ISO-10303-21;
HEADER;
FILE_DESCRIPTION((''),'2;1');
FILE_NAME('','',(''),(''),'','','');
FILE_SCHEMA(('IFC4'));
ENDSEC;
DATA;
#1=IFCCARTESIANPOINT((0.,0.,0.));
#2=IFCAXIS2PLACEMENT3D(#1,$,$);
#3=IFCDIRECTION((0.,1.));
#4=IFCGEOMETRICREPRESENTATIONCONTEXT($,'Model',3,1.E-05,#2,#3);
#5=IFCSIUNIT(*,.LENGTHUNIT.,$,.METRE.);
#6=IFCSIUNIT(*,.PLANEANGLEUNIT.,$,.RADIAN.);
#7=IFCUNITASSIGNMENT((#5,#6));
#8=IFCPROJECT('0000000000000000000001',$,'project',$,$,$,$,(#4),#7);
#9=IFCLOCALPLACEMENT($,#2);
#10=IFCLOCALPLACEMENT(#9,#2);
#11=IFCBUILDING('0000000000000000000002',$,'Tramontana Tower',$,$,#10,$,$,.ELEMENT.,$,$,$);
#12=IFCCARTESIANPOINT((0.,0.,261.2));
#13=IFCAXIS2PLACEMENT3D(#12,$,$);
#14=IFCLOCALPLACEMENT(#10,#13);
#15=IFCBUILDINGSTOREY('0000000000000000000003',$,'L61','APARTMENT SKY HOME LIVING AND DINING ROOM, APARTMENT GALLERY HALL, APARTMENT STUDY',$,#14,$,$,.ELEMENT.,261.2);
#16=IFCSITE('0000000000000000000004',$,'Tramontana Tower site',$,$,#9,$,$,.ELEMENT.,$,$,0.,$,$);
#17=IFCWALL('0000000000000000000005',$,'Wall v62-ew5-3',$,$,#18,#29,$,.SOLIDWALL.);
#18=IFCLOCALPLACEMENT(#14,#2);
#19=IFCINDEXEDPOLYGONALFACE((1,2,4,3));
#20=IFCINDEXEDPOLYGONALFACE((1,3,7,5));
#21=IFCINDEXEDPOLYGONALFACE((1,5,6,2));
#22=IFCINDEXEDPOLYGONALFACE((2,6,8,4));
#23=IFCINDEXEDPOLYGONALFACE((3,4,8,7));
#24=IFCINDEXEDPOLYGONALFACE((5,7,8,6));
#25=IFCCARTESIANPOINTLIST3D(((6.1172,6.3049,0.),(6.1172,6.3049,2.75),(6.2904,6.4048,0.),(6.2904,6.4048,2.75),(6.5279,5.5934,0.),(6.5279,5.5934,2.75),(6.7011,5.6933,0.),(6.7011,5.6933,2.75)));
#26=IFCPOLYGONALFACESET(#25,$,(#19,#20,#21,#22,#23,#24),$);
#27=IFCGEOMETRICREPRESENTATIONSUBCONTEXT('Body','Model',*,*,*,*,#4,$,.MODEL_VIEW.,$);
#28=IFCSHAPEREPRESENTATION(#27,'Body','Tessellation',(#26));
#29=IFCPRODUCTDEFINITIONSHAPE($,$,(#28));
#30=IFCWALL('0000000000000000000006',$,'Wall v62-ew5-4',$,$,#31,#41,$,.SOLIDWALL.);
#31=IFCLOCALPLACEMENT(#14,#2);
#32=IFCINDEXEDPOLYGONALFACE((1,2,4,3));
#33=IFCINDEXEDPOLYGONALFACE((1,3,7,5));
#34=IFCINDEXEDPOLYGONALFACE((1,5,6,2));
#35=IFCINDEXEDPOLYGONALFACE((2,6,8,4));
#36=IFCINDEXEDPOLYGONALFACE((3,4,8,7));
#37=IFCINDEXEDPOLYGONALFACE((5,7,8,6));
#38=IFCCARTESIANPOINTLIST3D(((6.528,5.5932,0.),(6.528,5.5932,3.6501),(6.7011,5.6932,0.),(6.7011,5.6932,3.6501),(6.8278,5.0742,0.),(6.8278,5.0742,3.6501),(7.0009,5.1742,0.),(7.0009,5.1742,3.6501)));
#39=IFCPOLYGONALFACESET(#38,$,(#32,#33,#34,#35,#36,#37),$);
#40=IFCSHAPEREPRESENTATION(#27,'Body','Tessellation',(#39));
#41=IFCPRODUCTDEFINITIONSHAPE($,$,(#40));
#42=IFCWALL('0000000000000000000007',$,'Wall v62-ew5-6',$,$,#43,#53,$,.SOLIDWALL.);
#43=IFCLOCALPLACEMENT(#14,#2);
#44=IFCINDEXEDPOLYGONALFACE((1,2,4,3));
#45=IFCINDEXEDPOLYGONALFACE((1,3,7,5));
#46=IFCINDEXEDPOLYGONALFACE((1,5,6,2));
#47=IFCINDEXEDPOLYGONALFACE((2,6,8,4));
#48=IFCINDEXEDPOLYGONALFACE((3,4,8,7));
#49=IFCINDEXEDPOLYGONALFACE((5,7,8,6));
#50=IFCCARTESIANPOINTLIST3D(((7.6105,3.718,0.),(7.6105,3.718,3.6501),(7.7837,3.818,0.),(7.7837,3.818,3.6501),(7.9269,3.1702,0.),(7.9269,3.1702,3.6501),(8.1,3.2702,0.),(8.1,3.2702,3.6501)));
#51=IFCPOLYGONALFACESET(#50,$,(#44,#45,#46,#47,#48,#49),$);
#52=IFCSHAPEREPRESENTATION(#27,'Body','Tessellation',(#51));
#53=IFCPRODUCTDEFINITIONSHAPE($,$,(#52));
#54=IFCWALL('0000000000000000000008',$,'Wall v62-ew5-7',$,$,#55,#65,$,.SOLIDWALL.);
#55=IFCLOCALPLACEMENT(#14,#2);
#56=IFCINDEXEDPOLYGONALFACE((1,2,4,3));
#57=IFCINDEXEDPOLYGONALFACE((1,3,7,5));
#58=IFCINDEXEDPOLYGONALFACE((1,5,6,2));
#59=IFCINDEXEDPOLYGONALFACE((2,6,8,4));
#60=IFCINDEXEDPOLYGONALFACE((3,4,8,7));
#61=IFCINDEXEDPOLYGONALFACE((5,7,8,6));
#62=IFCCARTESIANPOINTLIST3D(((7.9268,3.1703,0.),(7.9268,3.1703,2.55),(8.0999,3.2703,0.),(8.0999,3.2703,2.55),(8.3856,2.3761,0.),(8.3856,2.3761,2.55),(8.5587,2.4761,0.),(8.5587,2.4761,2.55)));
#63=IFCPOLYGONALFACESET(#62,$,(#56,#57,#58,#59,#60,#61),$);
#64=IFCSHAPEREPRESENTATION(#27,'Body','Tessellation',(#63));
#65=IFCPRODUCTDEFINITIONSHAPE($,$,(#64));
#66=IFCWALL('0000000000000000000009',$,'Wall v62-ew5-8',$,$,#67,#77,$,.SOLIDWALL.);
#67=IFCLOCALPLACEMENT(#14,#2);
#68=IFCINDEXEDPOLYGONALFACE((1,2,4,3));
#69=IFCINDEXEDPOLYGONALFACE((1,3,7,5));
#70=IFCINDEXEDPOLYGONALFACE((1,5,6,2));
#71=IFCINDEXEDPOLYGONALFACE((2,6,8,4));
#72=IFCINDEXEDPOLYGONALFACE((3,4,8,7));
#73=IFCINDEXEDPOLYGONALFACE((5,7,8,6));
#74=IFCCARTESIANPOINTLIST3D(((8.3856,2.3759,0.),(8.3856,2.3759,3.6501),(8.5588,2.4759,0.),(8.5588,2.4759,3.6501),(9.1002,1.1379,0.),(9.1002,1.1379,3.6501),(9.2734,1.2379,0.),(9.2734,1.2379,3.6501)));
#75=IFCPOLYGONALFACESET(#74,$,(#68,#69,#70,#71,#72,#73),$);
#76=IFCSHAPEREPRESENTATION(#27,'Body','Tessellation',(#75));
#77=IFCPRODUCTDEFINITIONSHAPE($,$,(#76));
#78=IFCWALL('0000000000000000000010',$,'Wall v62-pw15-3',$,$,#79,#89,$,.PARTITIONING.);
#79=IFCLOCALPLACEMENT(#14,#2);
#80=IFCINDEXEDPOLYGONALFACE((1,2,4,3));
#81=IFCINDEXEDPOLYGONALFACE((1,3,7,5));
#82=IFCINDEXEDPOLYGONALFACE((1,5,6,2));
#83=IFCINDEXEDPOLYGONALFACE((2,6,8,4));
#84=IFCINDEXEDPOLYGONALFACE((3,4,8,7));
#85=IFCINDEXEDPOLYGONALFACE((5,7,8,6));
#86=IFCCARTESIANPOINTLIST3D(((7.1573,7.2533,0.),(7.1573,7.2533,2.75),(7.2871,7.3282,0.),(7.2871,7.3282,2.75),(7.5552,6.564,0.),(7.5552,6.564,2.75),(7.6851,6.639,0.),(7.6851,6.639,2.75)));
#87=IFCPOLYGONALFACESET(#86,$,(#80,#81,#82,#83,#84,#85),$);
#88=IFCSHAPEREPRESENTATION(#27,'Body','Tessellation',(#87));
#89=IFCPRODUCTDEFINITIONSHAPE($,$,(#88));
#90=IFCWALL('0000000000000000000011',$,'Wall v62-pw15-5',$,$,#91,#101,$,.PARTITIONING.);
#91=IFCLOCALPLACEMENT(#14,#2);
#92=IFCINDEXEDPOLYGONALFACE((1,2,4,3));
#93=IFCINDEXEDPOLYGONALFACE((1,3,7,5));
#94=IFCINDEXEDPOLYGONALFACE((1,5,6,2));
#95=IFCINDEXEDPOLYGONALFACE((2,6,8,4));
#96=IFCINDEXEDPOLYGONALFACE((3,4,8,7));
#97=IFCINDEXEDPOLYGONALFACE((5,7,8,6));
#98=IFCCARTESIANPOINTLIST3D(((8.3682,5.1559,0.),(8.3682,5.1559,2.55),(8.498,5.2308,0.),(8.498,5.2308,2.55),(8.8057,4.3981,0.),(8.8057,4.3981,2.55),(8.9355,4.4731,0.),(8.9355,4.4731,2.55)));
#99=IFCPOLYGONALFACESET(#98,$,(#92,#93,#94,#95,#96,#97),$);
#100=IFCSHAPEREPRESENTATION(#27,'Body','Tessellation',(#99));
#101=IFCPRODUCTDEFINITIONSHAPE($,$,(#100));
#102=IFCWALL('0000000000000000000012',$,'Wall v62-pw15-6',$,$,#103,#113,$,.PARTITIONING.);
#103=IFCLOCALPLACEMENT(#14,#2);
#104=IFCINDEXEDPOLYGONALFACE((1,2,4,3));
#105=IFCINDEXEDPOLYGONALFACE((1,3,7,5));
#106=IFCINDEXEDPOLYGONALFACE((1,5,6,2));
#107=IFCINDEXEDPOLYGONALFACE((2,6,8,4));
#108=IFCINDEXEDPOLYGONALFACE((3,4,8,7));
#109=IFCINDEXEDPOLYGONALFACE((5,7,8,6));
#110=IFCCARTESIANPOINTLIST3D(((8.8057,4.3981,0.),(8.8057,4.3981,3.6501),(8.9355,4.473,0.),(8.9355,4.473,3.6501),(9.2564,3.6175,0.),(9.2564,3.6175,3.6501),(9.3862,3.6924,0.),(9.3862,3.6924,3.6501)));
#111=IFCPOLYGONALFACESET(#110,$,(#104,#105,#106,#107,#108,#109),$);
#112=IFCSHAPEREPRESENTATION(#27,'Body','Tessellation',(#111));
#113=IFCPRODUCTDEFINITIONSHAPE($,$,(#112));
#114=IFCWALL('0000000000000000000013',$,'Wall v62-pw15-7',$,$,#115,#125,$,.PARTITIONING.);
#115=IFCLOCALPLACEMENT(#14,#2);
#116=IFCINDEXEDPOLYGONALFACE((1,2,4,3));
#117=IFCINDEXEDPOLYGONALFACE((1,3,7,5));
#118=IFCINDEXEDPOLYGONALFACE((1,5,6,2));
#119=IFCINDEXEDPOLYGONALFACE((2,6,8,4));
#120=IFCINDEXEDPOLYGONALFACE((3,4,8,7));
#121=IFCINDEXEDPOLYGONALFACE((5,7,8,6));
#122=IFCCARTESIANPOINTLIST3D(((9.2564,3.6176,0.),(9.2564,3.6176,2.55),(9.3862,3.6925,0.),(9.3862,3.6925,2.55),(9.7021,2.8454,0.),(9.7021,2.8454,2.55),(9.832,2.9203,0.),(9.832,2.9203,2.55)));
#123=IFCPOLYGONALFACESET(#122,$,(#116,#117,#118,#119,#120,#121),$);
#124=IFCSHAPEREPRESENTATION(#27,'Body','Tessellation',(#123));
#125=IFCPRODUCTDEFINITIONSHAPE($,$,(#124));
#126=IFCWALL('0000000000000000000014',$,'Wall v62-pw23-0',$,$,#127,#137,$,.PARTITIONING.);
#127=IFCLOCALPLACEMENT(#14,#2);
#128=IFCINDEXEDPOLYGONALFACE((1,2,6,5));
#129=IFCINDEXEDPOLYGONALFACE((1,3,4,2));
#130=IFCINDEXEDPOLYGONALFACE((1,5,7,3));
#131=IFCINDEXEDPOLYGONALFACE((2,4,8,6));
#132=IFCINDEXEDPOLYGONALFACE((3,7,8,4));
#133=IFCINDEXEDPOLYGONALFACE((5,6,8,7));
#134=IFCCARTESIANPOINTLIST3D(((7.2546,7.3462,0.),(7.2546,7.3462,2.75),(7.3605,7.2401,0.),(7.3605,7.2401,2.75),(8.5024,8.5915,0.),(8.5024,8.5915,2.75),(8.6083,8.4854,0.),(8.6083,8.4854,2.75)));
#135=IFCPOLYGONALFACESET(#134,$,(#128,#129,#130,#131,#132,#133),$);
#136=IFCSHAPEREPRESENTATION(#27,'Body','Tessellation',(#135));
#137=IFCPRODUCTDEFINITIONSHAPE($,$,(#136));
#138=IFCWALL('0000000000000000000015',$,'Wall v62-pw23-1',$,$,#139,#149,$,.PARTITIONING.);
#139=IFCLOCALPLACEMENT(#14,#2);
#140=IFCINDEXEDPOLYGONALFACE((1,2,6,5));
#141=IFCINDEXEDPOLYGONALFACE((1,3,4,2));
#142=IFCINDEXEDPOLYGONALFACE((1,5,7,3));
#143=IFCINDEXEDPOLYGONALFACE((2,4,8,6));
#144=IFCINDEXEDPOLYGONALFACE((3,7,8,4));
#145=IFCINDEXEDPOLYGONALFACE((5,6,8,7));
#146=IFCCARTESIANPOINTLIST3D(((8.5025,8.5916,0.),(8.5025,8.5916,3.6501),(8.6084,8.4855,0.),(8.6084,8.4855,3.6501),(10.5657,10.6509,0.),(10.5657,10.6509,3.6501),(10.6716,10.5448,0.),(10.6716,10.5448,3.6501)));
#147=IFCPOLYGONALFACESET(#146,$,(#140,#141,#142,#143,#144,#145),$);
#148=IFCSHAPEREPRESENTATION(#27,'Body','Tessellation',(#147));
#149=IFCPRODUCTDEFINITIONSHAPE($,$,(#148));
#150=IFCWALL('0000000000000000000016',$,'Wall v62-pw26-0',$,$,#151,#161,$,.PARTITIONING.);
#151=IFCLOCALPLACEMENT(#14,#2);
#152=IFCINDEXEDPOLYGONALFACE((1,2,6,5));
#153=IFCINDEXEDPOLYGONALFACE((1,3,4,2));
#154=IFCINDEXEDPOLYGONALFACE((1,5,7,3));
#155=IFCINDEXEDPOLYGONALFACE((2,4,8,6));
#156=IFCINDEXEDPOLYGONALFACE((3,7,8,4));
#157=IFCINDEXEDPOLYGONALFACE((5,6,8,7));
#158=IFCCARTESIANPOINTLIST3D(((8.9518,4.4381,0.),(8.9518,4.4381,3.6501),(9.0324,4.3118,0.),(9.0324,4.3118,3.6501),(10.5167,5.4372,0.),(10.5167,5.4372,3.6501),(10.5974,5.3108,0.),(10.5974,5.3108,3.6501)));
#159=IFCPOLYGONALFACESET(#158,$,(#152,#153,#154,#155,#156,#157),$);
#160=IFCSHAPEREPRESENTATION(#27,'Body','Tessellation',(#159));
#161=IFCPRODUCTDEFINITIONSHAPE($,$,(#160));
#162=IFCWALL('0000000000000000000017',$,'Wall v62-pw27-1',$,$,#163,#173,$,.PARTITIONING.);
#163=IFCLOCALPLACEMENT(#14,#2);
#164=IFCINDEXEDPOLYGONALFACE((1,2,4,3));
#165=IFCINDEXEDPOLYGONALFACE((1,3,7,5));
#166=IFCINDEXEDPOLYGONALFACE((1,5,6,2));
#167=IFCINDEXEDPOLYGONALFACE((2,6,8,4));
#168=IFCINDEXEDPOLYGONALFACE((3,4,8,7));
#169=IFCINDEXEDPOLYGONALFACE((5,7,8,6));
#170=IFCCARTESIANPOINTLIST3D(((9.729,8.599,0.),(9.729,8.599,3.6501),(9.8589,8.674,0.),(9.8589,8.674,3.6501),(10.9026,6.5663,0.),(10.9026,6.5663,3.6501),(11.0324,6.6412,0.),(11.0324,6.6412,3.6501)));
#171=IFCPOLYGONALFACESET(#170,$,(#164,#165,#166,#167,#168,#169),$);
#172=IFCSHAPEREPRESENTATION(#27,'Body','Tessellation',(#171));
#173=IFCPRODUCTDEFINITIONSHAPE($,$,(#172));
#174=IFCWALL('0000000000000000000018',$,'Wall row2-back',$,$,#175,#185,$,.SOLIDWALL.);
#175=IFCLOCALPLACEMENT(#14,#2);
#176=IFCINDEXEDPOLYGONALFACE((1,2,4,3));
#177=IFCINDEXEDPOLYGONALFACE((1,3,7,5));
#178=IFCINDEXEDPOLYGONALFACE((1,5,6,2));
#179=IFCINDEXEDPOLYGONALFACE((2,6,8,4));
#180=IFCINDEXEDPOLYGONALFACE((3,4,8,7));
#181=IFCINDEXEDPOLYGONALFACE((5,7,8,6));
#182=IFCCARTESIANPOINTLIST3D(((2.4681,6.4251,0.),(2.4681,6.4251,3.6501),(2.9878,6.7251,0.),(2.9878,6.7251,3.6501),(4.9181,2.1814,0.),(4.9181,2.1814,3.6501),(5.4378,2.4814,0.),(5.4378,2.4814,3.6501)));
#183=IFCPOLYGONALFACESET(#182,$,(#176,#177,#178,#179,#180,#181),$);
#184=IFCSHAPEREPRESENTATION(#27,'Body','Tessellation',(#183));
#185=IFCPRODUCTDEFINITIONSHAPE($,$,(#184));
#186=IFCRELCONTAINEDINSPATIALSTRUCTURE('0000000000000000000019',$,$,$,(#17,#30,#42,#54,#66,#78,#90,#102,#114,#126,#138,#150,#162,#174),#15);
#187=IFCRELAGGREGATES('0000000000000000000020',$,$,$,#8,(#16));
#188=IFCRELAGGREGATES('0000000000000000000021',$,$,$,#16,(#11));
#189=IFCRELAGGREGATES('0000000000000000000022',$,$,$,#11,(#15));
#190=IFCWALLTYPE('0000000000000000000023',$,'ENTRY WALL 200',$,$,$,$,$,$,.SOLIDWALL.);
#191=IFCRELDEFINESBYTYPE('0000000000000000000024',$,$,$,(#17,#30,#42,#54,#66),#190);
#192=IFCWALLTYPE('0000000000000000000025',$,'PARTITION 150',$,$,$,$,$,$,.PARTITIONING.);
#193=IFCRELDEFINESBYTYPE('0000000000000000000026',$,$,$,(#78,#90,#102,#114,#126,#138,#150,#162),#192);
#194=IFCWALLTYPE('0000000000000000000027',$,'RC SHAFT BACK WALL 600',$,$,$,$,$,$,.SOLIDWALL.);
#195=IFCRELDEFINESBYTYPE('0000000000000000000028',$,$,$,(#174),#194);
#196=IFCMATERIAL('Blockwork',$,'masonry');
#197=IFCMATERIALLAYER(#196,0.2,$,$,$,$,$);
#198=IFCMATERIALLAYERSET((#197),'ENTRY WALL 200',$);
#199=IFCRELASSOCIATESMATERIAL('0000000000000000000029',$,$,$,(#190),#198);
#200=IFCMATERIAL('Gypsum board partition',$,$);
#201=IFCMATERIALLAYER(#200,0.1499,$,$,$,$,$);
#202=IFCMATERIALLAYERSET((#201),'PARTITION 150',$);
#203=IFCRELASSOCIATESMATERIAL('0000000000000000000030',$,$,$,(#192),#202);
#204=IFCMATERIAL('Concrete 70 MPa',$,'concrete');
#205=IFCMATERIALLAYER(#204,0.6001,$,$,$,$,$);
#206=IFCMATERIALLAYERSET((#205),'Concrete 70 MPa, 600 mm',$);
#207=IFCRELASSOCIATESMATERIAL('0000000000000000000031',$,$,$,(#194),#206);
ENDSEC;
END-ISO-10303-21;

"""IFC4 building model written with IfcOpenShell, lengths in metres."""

from ifc_helpers import new_model, si_unit, direction, frame, frame_2d, origin, place, context, subcontext, project, spatial, rectangle, extrude, material, layer, layer_set, type_object, element, save


model = new_model("IFC4")

# Units and contexts
model_context = context("Model", 3, precision=1e-05, world=origin(), true_north=direction((0.0, 1.0)))
body_context = subcontext(model_context, "Body", "Model", "MODEL_VIEW")
ifc_project = project(units=[si_unit("LENGTHUNIT", "METRE"), si_unit("PLANEANGLEUNIT", "RADIAN")], contexts=[model_context])

# Site, building, storey
site_placement = place(None, origin())
site = spatial("IfcSite", under=ifc_project, at=site_placement, Name="Tramontana Tower site", CompositionType="ELEMENT", RefElevation=0.0)
building_placement = place(site_placement, origin())
building = spatial("IfcBuilding", under=site, at=building_placement, Name="Tramontana Tower", CompositionType="ELEMENT")
storey_placement = place(building_placement, frame((0.0, 0.0, 261.2)))
storey = spatial("IfcBuildingStorey", under=building, at=storey_placement, Name="L61", Description="APARTMENT SKY HOME LIVING AND DINING ROOM, APARTMENT GALLERY HALL, APARTMENT STUDY", CompositionType="ELEMENT", Elevation=261.2)

# Walls
ifc_material_1 = material(Name="Blockwork", Category="masonry")
ifc_layer_1 = layer(ifc_material_1, 0.2)
ifc_layer_set_1 = layer_set([ifc_layer_1], Name="ENTRY WALL 200")
wall_type_1 = type_object("IfcWallType", Name="ENTRY WALL 200", PredefinedType="SOLIDWALL", material=ifc_layer_set_1)
wall_1_placement = place(storey_placement, frame((6.2039, 6.3547, 0.0), z_axis=(0.0, 0.0, 1.0), x_axis=(0.499911, -0.866077, 0.0)))
element("IfcWall", 1, at=wall_1_placement, inside=storey, type_object=wall_type_1, Name="Wall v62-ew5-3", PredefinedType="SOLIDWALL", context=body_context, shape_type="SweptSolid", body=[
    extrude(rectangle(XDim=0.8215, YDim=0.2, at=frame_2d((0.4106, 0.0))), origin(), (0.0, 0.0, 1.0), 2.75),
])
wall_2_placement = place(storey_placement, frame((6.6145, 5.6433, 0.0), z_axis=(0.0, 0.0, 1.0), x_axis=(0.500169, -0.865928, 0.0)))
element("IfcWall", 2, at=wall_2_placement, inside=storey, type_object=wall_type_1, Name="Wall v62-ew5-4", PredefinedType="SOLIDWALL", context=body_context, shape_type="SweptSolid", body=[
    extrude(rectangle(XDim=0.5994, YDim=0.2, at=frame_2d((0.2998, 0.0))), origin(), (0.0, 0.0, 1.0), 3.6501),
])

# Walls
wall_3_placement = place(storey_placement, frame((7.697, 3.7681, 0.0), z_axis=(0.0, 0.0, 1.0), x_axis=(0.500123, -0.865954, 0.0)))
element("IfcWall", 3, at=wall_3_placement, inside=storey, type_object=wall_type_1, Name="Wall v62-ew5-6", PredefinedType="SOLIDWALL", context=body_context, shape_type="SweptSolid", body=[
    extrude(rectangle(XDim=0.6326, YDim=0.2, at=frame_2d((0.3164, 0.0))), origin(), (0.0, 0.0, 1.0), 3.6501),
])
wall_4_placement = place(storey_placement, frame((8.0134, 3.2202, 0.0), z_axis=(0.0, 0.0, 1.0), x_axis=(0.500176, -0.865924, 0.0)))
element("IfcWall", 4, at=wall_4_placement, inside=storey, type_object=wall_type_1, Name="Wall v62-ew5-7", PredefinedType="SOLIDWALL", context=body_context, shape_type="SweptSolid", body=[
    extrude(rectangle(XDim=0.9172, YDim=0.2, at=frame_2d((0.4585, 0.0))), origin(), (0.0, 0.0, 1.0), 2.55),
])
wall_5_placement = place(storey_placement, frame((8.4722, 2.426, 0.0), z_axis=(0.0, 0.0, 1.0), x_axis=(0.499905, -0.86608, 0.0)))
element("IfcWall", 5, at=wall_5_placement, inside=storey, type_object=wall_type_1, Name="Wall v62-ew5-8", PredefinedType="SOLIDWALL", context=body_context, shape_type="SweptSolid", body=[
    extrude(rectangle(XDim=1.4294, YDim=0.2, at=frame_2d((0.7148, 0.0))), origin(), (0.0, 0.0, 1.0), 3.6501),
])
ifc_material_2 = material(Name="Gypsum board partition")
ifc_layer_2 = layer(ifc_material_2, 0.1499)
ifc_layer_set_2 = layer_set([ifc_layer_2], Name="PARTITION 150")
wall_type_2 = type_object("IfcWallType", Name="PARTITION 150", PredefinedType="PARTITIONING", material=ifc_layer_set_2)
wall_6_placement = place(storey_placement, frame((7.2222, 7.2908, 0.0), z_axis=(0.0, 0.0, 1.0), x_axis=(0.500032, -0.866007, 0.0)))
element("IfcWall", 6, at=wall_6_placement, inside=storey, type_object=wall_type_2, Name="Wall v62-pw15-3", PredefinedType="PARTITIONING", context=body_context, shape_type="SweptSolid", body=[
    extrude(rectangle(XDim=0.7959, YDim=0.1499, at=frame_2d((0.3979, 0.0))), origin(), (0.0, 0.0, 1.0), 2.75),
])

# Walls
wall_7_placement = place(storey_placement, frame((8.4331, 5.1934, 0.0), z_axis=(0.0, 0.0, 1.0), x_axis=(0.49998, -0.866037, 0.0)))
element("IfcWall", 7, at=wall_7_placement, inside=storey, type_object=wall_type_2, Name="Wall v62-pw15-5", PredefinedType="PARTITIONING", context=body_context, shape_type="SweptSolid", body=[
    extrude(rectangle(XDim=0.875, YDim=0.1499, at=frame_2d((0.4375, 0.0))), origin(), (0.0, 0.0, 1.0), 2.55),
])
wall_8_placement = place(storey_placement, frame((8.8706, 4.4355, 0.0), z_axis=(0.0, 0.0, 1.0), x_axis=(0.500043, -0.866001, 0.0)))
element("IfcWall", 8, at=wall_8_placement, inside=storey, type_object=wall_type_2, Name="Wall v62-pw15-6", PredefinedType="PARTITIONING", context=body_context, shape_type="SweptSolid", body=[
    extrude(rectangle(XDim=0.9014, YDim=0.1499, at=frame_2d((0.4507, 0.0))), origin(), (0.0, 0.0, 1.0), 3.6501),
])
wall_9_placement = place(storey_placement, frame((9.3213, 3.655, 0.0), z_axis=(0.0, 0.0, 1.0), x_axis=(0.499967, -0.866044, 0.0)))
element("IfcWall", 9, at=wall_9_placement, inside=storey, type_object=wall_type_2, Name="Wall v62-pw15-7", PredefinedType="PARTITIONING", context=body_context, shape_type="SweptSolid", body=[
    extrude(rectangle(XDim=0.8916, YDim=0.1499, at=frame_2d((0.4458, 0.0))), origin(), (0.0, 0.0, 1.0), 2.55),
])

# Walls
wall_10_placement = place(storey_placement, frame((7.3076, 7.2932, 0.0), z_axis=(0.0, 0.0, 1.0), x_axis=(0.707799, 0.706414, 0.0)))
element("IfcWall", 10, at=wall_10_placement, inside=storey, type_object=wall_type_2, Name="Wall v62-pw23-0", PredefinedType="PARTITIONING", context=body_context, shape_type="SweptSolid", body=[
    extrude(rectangle(XDim=1.7629, YDim=0.1499, at=frame_2d((0.8813, 0.0))), origin(), (0.0, 0.0, 1.0), 2.75),
])
wall_11_placement = place(storey_placement, frame((8.5554, 8.5386, 0.0), z_axis=(0.0, 0.0, 1.0), x_axis=(0.707776, 0.706436, 0.0)))
element("IfcWall", 11, at=wall_11_placement, inside=storey, type_object=wall_type_2, Name="Wall v62-pw23-1", PredefinedType="PARTITIONING", context=body_context, shape_type="SweptSolid", body=[
    extrude(rectangle(XDim=2.915, YDim=0.1499, at=frame_2d((1.4575, 0.0))), origin(), (0.0, 0.0, 1.0), 3.6501),
])
wall_12_placement = place(storey_placement, frame((8.9922, 4.375, 0.0), z_axis=(0.0, 0.0, 1.0), x_axis=(0.842892, 0.538083, 0.0)))
element("IfcWall", 12, at=wall_12_placement, inside=storey, type_object=wall_type_2, Name="Wall v62-pw26-0", PredefinedType="PARTITIONING", context=body_context, shape_type="SweptSolid", body=[
    extrude(rectangle(XDim=1.8567, YDim=0.1499, at=frame_2d((0.9282, 0.0))), origin(), (0.0, 0.0, 1.0), 3.6501),
])
wall_13_placement = place(storey_placement, frame((9.7939, 8.6365, 0.0), z_axis=(0.0, 0.0, 1.0), x_axis=(0.499999, -0.866026, 0.0)))
element("IfcWall", 13, at=wall_13_placement, inside=storey, type_object=wall_type_2, Name="Wall v62-pw27-1", PredefinedType="PARTITIONING", context=body_context, shape_type="SweptSolid", body=[
    extrude(rectangle(XDim=2.3472, YDim=0.1499, at=frame_2d((1.1736, 0.0))), origin(), (0.0, 0.0, 1.0), 3.6501),
])
ifc_material_3 = material(Name="Concrete 70 MPa", Category="concrete")
ifc_layer_3 = layer(ifc_material_3, 0.6001)
ifc_layer_set_3 = layer_set([ifc_layer_3], Name="Concrete 70 MPa, 600 mm")
wall_type_3 = type_object("IfcWallType", Name="RC SHAFT BACK WALL 600", PredefinedType="SOLIDWALL", material=ifc_layer_set_3)
wall_14_placement = place(storey_placement, frame((5.178, 2.3313, 0.0), z_axis=(0.0, 0.0, 1.0), x_axis=(-0.499981, 0.866036, 0.0)))
element("IfcWall", 14, at=wall_14_placement, inside=storey, type_object=wall_type_3, Name="Wall row2-back", PredefinedType="SOLIDWALL", context=body_context, shape_type="SweptSolid", body=[
    extrude(rectangle(XDim=4.9001, YDim=0.6001, at=frame_2d((2.4502, 0.0))), origin(), (0.0, 0.0, 1.0), 3.6501),
])

save(model, "model.ifc")
